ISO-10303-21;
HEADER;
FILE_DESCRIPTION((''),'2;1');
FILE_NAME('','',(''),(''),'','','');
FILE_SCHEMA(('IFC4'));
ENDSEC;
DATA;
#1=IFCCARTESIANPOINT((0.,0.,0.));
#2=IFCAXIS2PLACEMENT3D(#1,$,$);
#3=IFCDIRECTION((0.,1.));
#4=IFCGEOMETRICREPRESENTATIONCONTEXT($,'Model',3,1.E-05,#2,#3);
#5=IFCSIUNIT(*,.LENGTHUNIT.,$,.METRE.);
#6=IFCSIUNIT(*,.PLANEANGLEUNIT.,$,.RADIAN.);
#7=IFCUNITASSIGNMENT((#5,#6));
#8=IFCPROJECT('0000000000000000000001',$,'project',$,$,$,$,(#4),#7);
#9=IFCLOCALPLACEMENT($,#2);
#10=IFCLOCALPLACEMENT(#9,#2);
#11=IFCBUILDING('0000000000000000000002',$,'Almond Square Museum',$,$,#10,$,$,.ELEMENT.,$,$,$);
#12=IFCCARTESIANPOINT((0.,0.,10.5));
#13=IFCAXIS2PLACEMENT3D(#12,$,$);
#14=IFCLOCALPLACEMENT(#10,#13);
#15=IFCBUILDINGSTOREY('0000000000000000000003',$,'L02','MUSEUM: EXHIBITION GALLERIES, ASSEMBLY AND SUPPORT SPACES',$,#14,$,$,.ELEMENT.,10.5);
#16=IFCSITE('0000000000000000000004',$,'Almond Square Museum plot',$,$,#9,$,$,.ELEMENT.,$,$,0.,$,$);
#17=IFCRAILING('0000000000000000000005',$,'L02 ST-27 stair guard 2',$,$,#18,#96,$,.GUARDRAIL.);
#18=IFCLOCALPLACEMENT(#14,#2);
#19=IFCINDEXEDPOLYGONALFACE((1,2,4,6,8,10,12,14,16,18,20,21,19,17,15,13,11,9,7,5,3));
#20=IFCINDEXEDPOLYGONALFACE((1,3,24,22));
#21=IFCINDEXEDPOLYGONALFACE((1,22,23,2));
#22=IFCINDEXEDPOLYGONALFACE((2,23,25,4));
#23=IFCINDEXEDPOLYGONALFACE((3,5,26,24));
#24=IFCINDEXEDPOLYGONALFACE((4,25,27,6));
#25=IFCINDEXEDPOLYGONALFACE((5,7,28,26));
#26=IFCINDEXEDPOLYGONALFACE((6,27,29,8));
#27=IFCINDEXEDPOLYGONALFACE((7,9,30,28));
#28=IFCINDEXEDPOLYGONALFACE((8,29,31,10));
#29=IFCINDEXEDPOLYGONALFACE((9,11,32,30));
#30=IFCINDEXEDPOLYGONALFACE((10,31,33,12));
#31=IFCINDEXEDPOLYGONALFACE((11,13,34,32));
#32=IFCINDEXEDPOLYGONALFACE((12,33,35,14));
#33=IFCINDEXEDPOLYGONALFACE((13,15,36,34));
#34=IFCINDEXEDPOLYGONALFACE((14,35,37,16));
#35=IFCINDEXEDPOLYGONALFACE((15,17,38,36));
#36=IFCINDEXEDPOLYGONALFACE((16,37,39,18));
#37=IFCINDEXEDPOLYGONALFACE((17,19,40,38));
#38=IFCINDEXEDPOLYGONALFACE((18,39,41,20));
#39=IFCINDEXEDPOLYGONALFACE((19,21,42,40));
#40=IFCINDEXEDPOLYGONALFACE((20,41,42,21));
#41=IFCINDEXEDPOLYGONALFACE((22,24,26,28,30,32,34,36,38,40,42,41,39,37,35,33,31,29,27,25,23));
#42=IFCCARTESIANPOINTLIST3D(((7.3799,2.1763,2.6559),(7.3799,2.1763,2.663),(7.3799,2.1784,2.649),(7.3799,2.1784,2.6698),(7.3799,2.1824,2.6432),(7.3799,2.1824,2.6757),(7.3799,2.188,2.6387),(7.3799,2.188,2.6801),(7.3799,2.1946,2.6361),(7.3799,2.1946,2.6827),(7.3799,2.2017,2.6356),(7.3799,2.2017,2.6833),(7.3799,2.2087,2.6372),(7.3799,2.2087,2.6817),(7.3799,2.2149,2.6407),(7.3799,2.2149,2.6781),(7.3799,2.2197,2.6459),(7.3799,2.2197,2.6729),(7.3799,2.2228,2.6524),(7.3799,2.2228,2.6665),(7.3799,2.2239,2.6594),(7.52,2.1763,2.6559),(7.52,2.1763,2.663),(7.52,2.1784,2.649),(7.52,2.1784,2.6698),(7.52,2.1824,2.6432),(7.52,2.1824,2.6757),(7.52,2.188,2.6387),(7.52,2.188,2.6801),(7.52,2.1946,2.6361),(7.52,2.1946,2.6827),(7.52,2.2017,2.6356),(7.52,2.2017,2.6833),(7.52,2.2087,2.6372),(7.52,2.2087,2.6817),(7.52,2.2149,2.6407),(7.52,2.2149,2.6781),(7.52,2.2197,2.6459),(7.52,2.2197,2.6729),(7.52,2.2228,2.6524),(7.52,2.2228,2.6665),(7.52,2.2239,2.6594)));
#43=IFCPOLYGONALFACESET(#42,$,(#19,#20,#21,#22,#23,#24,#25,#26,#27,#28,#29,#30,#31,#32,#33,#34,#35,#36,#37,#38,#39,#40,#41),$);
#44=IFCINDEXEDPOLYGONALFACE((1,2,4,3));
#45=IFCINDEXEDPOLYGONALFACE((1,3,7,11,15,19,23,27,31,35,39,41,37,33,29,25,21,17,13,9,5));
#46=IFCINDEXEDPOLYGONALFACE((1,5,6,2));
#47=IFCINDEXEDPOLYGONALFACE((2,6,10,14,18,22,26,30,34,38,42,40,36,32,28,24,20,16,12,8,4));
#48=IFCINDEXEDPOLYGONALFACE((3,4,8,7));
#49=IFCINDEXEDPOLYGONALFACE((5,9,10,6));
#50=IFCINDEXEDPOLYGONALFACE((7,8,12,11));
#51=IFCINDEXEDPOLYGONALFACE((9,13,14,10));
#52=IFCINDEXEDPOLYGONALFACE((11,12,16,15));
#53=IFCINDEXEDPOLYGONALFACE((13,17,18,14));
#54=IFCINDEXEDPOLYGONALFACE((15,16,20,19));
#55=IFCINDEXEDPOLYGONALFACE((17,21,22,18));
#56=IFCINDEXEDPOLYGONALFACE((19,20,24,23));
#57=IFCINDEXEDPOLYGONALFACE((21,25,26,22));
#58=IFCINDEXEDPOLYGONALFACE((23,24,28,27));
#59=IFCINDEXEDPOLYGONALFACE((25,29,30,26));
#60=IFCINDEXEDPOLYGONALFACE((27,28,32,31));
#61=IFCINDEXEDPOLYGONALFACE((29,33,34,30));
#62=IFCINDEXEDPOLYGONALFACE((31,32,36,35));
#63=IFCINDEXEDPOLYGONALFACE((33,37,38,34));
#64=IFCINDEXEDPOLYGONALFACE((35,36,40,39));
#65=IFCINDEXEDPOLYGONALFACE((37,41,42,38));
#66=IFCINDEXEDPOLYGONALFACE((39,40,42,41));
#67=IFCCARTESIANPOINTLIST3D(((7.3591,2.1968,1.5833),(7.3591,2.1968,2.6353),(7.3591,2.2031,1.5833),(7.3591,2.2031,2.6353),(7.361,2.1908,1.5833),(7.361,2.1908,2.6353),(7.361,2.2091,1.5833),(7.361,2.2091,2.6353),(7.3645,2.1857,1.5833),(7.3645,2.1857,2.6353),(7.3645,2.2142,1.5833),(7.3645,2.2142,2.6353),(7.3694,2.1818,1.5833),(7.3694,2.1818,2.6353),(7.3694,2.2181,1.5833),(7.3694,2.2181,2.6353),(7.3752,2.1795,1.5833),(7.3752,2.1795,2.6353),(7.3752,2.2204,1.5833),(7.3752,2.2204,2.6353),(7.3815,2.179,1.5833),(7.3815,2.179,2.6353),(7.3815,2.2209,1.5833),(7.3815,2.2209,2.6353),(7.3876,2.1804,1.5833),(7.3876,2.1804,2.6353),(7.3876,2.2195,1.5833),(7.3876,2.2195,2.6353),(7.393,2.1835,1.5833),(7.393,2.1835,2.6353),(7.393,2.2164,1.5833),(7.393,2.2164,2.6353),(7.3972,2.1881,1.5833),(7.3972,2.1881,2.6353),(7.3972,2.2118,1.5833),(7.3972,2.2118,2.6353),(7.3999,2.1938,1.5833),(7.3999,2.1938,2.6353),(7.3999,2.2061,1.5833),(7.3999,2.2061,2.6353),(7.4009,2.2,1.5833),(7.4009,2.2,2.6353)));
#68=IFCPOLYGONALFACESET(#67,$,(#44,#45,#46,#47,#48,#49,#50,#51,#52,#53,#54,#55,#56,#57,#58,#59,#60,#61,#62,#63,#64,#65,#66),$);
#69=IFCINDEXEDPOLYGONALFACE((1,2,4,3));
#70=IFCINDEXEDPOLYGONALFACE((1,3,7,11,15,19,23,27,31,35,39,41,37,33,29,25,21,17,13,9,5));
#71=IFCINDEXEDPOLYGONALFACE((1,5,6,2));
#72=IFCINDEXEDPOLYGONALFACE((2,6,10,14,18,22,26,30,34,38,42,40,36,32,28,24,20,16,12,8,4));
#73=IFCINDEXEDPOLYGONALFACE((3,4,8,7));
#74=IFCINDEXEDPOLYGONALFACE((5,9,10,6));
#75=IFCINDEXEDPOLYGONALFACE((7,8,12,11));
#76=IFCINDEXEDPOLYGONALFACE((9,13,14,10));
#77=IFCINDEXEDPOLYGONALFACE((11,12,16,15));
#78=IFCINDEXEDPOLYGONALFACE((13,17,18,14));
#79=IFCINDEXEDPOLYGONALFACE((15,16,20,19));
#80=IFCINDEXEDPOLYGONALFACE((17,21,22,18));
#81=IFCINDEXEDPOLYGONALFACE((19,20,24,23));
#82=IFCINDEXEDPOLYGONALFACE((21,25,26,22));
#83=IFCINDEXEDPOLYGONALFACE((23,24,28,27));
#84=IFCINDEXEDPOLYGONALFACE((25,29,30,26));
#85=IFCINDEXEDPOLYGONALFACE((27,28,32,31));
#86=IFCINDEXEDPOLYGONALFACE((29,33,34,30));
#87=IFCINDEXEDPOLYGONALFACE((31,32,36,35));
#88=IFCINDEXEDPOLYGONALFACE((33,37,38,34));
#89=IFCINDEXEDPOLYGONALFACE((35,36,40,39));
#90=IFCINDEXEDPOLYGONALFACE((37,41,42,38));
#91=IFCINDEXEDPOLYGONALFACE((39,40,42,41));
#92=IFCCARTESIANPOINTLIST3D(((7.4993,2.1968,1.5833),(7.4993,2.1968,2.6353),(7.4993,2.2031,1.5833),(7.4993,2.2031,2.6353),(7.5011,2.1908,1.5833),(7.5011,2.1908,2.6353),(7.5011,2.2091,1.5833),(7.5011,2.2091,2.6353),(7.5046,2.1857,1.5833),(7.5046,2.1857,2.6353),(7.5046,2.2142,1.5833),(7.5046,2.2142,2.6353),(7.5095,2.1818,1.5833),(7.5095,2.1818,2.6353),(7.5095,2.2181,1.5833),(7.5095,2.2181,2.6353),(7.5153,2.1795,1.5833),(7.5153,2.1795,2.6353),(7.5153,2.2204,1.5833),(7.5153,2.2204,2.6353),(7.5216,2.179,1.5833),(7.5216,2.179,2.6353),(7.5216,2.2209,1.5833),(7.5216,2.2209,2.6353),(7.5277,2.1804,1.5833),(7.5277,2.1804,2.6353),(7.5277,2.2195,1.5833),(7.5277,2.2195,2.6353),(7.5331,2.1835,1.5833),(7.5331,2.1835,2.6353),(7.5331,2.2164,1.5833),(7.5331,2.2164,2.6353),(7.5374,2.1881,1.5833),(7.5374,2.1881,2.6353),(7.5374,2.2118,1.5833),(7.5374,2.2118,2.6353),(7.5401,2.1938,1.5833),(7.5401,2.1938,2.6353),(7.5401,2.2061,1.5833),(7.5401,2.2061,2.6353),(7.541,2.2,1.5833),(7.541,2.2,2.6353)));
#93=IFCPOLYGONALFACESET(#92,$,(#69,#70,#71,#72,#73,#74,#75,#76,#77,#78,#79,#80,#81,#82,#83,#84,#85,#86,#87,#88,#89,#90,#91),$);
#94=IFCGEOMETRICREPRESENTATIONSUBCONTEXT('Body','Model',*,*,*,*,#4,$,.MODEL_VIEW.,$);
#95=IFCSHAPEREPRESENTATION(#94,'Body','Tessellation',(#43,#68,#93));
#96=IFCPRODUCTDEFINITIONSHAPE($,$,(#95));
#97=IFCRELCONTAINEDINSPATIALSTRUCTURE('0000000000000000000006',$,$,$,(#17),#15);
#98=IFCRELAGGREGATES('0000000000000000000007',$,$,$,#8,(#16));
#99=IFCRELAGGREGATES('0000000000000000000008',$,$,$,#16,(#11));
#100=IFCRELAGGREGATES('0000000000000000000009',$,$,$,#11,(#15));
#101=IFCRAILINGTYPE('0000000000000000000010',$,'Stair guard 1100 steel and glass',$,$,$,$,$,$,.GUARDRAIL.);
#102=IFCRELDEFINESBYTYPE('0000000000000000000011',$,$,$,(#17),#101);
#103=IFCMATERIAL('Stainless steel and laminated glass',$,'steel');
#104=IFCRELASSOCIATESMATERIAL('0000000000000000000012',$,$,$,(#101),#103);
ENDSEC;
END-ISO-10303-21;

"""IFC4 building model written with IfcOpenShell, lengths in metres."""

from ifc_helpers import new_model, si_unit, direction, frame, origin, origin_2d, place, context, subcontext, project, spatial, circle, extrude, material, type_object, element, save


model = new_model("IFC4")

# Units and contexts
model_context = context("Model", 3, precision=1e-05, world=origin(), true_north=direction((0.0, 1.0)))
body_context = subcontext(model_context, "Body", "Model", "MODEL_VIEW")
ifc_project = project(units=[si_unit("LENGTHUNIT", "METRE"), si_unit("PLANEANGLEUNIT", "RADIAN")], contexts=[model_context])

# Site, building, storey
site_placement = place(None, origin())
site = spatial("IfcSite", under=ifc_project, at=site_placement, Name="Almond Square Museum plot", CompositionType="ELEMENT", RefElevation=0.0)
building_placement = place(site_placement, origin())
building = spatial("IfcBuilding", under=site, at=building_placement, Name="Almond Square Museum", CompositionType="ELEMENT")
storey_placement = place(building_placement, frame((0.0, 0.0, 10.5)))
storey = spatial("IfcBuildingStorey", under=building, at=storey_placement, Name="L02", Description="MUSEUM: EXHIBITION GALLERIES, ASSEMBLY AND SUPPORT SPACES", CompositionType="ELEMENT", Elevation=10.5)

# Railing
ifc_material_1 = material(Name="Stainless steel and laminated glass", Category="steel")
railing_type_1 = type_object("IfcRailingType", Name="Stair guard 1100 steel and glass", PredefinedType="GUARDRAIL", material=ifc_material_1)
railing_1_placement = place(storey_placement, frame((7.3799, 2.2, 1.5833)))
element("IfcRailing", 1, at=railing_1_placement, inside=storey, type_object=railing_type_1, Name="L02 ST-27 stair guard 2", PredefinedType="GUARDRAIL", context=body_context, shape_type="SweptSolid", body=[
    extrude(circle(Radius=0.0239, at=origin_2d()), frame((0.0, 0.0, 1.0762), z_axis=(1.0, 0.0, 0.0), x_axis=(0.0, 1.0, 0.0)), (0.0, 0.0, 1.0), 0.1401),
    extrude(circle(Radius=0.021, at=origin_2d()), origin(), (0.0, 0.0, 1.0), 1.052),
    extrude(circle(Radius=0.021, at=origin_2d()), frame((0.1401, 0.0, 0.0)), (0.0, 0.0, 1.0), 1.052),
])

save(model, "model.ifc")
